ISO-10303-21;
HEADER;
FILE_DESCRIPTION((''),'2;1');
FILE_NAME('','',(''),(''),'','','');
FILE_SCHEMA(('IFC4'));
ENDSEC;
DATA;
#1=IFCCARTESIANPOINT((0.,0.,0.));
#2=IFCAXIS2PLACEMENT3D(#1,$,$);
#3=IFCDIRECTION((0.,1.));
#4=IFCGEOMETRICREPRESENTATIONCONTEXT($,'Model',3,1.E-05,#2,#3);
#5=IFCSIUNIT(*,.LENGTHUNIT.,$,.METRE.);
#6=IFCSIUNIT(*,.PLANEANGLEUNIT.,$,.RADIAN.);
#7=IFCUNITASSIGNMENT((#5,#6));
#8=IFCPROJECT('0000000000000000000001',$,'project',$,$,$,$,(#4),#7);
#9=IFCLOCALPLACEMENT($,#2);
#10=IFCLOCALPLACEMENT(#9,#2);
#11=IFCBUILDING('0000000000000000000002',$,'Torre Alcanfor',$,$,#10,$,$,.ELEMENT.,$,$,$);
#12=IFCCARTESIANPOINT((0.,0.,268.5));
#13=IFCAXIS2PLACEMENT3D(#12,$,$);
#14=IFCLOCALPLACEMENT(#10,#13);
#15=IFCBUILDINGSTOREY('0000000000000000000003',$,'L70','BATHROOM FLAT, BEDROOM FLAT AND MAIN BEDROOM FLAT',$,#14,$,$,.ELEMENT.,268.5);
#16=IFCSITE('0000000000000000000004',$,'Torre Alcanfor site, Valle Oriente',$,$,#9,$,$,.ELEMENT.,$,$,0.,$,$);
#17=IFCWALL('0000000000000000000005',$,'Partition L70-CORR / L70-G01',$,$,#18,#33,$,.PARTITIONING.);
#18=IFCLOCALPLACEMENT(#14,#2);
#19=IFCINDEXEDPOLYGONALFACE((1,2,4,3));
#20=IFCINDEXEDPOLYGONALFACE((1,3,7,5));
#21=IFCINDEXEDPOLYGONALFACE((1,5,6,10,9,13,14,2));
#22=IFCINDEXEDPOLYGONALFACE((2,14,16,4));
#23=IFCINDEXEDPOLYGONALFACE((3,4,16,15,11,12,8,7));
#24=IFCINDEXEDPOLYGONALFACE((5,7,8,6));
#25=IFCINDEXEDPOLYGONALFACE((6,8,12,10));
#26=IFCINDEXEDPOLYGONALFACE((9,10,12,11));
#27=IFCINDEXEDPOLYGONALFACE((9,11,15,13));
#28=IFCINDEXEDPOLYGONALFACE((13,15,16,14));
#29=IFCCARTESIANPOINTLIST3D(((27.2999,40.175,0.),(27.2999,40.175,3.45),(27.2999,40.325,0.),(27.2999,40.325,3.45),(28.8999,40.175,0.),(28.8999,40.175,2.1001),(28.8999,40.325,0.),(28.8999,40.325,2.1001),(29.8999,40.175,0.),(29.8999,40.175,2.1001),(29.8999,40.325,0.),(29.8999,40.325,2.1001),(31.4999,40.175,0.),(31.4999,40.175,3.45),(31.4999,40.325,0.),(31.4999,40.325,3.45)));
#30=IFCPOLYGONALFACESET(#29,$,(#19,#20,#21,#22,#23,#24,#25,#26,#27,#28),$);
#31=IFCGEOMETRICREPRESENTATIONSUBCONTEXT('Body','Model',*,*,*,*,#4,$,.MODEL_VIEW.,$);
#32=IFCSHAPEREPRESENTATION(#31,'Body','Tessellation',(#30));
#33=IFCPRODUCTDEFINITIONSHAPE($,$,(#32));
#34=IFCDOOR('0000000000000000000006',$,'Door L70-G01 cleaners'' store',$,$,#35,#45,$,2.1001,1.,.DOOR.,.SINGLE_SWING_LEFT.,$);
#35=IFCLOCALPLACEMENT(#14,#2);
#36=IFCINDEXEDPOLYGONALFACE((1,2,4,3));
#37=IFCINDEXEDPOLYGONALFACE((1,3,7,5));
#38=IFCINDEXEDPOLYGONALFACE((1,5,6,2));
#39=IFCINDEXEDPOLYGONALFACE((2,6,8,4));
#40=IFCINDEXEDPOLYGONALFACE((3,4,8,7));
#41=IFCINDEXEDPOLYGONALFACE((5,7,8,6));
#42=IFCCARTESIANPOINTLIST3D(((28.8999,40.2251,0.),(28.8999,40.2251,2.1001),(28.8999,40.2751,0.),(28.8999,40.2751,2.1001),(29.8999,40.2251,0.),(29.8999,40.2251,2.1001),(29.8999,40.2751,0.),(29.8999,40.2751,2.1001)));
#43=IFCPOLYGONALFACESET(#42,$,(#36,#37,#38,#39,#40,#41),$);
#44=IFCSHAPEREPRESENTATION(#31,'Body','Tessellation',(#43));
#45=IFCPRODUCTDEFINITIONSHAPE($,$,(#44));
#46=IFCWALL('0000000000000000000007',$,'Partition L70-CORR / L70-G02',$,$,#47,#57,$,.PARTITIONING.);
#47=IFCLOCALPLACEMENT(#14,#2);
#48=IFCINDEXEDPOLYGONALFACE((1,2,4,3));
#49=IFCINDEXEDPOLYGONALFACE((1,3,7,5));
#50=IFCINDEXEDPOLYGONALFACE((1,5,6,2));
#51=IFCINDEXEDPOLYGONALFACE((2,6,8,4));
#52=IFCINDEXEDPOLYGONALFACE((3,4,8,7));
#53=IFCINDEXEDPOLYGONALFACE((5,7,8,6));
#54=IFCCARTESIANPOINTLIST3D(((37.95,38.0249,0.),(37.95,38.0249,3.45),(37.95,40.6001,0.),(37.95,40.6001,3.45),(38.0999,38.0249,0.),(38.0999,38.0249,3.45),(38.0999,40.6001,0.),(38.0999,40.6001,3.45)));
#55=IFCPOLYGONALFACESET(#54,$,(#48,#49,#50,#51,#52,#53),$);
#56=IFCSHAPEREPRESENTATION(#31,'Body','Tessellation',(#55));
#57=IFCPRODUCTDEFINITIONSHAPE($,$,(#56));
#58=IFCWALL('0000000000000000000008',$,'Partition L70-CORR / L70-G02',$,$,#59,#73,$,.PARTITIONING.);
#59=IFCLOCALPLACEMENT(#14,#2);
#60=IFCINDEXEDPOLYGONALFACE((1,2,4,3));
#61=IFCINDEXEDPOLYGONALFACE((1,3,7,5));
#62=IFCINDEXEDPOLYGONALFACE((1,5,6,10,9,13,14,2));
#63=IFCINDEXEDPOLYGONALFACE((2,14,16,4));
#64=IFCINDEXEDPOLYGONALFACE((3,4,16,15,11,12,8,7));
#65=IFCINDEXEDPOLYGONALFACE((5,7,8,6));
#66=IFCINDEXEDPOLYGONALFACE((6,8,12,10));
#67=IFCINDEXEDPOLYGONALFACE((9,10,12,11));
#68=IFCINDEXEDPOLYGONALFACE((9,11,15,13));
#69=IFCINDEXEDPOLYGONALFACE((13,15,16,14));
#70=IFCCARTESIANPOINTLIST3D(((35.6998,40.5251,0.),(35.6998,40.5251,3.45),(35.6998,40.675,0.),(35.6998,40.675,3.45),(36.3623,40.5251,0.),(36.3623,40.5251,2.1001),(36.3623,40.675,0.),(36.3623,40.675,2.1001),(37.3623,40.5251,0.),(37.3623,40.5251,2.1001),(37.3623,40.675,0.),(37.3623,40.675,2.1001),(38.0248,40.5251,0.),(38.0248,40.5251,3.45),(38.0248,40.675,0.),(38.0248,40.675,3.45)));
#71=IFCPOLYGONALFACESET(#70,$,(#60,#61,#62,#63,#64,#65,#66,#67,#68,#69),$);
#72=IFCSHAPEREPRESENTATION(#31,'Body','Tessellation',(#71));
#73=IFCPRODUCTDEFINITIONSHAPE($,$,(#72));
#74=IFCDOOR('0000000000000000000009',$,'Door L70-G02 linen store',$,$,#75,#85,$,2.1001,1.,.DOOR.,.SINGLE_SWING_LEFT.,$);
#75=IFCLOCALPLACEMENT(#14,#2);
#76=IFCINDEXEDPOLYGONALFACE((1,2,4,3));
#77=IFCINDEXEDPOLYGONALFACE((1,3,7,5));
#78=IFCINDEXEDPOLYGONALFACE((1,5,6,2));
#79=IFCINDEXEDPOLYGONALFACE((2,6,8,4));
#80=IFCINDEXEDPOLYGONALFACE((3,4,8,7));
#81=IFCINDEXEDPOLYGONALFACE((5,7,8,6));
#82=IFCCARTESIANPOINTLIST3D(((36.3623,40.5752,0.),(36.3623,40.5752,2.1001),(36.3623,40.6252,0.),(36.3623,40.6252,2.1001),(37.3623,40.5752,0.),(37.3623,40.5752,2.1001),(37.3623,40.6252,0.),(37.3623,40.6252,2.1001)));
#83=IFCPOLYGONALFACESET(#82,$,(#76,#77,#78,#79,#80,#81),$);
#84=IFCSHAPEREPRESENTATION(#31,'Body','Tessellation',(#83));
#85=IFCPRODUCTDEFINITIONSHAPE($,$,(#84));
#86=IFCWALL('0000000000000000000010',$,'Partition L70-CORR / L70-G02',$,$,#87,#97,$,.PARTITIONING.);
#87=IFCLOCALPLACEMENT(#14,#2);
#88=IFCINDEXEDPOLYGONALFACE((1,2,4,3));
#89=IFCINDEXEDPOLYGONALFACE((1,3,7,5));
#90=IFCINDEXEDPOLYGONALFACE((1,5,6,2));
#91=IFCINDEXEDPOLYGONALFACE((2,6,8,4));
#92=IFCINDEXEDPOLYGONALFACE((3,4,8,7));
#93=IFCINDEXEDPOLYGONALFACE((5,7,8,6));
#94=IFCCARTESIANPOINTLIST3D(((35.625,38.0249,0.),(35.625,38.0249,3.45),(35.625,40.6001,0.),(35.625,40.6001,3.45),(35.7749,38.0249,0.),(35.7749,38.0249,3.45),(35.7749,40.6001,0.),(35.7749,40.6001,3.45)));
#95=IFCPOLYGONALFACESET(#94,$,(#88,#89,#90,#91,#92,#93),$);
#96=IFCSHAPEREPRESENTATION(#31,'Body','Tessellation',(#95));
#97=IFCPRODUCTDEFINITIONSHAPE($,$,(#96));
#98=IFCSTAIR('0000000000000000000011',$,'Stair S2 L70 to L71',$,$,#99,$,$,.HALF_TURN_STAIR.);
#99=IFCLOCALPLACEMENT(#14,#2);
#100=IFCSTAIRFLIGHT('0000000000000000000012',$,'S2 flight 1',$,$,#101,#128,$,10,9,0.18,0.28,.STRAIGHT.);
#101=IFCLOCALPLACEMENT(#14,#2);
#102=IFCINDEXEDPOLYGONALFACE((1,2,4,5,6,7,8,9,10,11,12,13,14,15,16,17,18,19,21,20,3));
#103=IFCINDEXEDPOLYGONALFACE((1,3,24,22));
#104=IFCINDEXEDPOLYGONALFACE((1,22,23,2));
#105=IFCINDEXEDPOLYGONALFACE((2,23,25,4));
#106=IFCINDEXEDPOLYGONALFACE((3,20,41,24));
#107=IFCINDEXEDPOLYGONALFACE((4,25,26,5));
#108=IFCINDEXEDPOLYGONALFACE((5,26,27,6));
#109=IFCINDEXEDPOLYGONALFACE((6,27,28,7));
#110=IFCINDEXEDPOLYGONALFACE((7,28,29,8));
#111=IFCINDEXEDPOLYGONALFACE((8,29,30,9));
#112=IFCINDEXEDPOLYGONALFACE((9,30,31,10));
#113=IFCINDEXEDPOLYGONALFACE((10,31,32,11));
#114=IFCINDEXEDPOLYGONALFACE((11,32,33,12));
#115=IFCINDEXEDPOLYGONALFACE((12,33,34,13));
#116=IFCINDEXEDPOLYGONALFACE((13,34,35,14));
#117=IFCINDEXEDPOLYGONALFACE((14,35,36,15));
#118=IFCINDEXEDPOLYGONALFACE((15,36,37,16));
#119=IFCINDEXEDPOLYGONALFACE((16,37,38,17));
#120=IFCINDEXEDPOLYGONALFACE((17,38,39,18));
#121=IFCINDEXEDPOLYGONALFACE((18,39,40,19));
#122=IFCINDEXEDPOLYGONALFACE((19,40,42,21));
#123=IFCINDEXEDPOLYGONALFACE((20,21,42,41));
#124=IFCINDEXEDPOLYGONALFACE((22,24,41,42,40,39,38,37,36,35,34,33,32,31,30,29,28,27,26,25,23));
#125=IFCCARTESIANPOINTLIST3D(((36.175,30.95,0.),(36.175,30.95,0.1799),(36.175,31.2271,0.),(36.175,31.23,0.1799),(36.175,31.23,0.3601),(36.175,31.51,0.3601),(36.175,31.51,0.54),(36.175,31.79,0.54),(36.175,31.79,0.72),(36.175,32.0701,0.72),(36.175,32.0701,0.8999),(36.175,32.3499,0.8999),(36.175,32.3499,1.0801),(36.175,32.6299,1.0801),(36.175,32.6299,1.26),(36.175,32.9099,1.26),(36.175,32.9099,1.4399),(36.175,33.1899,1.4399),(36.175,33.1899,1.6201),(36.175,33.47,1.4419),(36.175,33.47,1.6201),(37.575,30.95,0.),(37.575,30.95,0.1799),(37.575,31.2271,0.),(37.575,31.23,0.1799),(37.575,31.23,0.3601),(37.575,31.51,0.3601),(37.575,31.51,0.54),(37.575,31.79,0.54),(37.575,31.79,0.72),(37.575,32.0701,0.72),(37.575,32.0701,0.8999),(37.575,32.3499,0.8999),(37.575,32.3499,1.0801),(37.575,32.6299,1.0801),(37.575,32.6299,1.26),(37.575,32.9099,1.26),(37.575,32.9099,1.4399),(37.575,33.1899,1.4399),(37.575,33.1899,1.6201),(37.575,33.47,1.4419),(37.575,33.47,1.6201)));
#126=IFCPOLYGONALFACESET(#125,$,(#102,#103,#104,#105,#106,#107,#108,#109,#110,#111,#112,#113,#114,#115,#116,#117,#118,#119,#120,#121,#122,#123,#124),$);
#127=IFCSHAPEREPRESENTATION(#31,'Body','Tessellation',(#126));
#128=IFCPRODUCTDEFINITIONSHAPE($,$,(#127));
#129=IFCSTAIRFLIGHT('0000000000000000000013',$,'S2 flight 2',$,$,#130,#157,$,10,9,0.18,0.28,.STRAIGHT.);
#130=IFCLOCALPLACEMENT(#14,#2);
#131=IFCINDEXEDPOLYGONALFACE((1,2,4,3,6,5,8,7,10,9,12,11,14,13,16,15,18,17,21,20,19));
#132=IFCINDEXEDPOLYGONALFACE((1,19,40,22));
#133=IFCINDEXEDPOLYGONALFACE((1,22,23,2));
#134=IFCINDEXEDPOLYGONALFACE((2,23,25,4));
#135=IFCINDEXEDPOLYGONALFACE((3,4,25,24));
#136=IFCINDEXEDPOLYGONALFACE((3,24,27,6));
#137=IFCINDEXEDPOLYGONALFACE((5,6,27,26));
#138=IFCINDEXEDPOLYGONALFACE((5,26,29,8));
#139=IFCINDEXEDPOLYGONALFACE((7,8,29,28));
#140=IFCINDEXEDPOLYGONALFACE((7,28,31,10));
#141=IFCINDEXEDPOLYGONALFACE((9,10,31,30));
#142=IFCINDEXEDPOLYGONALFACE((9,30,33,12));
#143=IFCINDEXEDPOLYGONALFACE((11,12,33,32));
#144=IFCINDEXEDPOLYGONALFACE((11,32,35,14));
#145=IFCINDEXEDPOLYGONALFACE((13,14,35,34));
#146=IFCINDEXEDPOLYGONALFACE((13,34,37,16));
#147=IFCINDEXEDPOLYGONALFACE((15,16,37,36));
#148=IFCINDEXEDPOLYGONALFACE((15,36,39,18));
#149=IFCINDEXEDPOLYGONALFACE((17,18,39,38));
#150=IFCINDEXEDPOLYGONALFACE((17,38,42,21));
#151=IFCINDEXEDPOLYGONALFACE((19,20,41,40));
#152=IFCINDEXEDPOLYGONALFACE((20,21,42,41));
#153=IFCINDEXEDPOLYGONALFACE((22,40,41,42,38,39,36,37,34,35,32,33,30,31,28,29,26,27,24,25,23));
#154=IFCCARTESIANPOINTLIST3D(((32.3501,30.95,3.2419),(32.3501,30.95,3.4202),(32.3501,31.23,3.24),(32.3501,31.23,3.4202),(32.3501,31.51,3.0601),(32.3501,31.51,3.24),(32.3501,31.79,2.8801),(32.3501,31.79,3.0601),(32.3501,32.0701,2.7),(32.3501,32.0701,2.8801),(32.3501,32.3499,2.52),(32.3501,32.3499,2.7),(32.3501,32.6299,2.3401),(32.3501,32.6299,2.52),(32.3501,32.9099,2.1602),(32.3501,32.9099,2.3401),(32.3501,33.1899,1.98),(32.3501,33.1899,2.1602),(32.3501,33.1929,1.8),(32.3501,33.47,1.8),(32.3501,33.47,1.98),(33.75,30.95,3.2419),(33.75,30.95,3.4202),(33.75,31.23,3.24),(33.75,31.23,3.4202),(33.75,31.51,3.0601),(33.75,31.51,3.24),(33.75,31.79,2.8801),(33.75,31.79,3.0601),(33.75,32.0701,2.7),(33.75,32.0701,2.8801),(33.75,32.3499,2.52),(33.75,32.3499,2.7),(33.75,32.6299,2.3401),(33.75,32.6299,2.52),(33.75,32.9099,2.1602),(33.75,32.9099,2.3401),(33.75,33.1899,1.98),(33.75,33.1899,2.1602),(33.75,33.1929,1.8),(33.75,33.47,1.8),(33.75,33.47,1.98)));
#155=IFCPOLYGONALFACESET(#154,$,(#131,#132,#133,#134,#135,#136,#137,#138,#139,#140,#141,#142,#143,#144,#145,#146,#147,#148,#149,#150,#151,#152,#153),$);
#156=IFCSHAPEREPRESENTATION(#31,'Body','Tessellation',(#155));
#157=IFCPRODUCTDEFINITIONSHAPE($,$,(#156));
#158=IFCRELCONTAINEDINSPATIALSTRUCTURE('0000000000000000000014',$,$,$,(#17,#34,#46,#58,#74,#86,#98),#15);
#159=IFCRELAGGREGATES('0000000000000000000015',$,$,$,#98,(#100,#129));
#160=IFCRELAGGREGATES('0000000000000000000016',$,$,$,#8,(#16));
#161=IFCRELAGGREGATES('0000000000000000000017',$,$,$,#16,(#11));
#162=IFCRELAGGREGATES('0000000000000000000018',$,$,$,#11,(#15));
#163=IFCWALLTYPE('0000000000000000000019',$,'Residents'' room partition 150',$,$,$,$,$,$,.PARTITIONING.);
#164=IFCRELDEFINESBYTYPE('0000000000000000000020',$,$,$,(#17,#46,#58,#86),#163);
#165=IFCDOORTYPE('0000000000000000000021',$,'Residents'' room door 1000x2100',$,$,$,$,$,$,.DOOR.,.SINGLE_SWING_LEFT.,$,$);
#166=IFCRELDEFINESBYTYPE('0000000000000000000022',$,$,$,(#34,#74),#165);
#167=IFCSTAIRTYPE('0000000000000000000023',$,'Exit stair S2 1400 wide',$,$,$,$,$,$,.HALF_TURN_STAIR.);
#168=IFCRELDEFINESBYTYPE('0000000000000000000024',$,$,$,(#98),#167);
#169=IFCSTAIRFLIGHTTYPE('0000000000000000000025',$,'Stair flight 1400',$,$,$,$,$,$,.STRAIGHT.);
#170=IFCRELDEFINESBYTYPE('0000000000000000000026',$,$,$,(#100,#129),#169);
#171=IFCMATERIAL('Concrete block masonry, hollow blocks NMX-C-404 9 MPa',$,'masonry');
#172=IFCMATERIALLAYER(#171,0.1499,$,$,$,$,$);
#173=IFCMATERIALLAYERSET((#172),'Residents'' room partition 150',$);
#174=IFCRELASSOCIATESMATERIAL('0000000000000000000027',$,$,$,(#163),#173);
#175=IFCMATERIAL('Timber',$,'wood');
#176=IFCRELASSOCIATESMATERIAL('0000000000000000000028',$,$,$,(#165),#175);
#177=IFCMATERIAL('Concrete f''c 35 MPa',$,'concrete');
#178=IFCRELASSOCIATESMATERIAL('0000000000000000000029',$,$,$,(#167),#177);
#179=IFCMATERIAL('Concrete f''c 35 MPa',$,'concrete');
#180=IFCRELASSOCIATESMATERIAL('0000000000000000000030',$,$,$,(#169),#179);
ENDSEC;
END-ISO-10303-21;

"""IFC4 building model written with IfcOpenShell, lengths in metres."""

from ifc_helpers import new_model, si_unit, direction, frame, frame_2d, origin, place, context, subcontext, project, spatial, polyline, rectangle, outline, extrude, material, layer, layer_set, type_object, element, fill, aggregate, save


model = new_model("IFC4")

# Units and contexts
model_context = context("Model", 3, precision=1e-05, world=origin(), true_north=direction((0.0, 1.0)))
body_context = subcontext(model_context, "Body", "Model", "MODEL_VIEW")
ifc_project = project(units=[si_unit("LENGTHUNIT", "METRE"), si_unit("PLANEANGLEUNIT", "RADIAN")], contexts=[model_context])

# Site, building, storey
site_placement = place(None, origin())
site = spatial("IfcSite", under=ifc_project, at=site_placement, Name="Torre Alcanfor site, Valle Oriente", CompositionType="ELEMENT", RefElevation=0.0)
building_placement = place(site_placement, origin())
building = spatial("IfcBuilding", under=site, at=building_placement, Name="Torre Alcanfor", CompositionType="ELEMENT")
storey_placement = place(building_placement, frame((0.0, 0.0, 268.5)))
storey = spatial("IfcBuildingStorey", under=building, at=storey_placement, Name="L70", Description="BATHROOM FLAT, BEDROOM FLAT AND MAIN BEDROOM FLAT", CompositionType="ELEMENT", Elevation=268.5)

# Shared definitions
ifc_material_1 = material(Name="Concrete block masonry, hollow blocks NMX-C-404 9 MPa", Category="masonry")
ifc_layer_1 = layer(ifc_material_1, 0.1499)
ifc_layer_set_1 = layer_set([ifc_layer_1], Name="Residents' room partition 150")
wall_type_1 = type_object("IfcWallType", Name="Residents' room partition 150", PredefinedType="PARTITIONING", material=ifc_layer_set_1)

# Wall, opening, door
wall_1_placement = place(storey_placement, frame((31.5, 40.25, 0.0), z_axis=(0.0, 0.0, 1.0), x_axis=(-1.0, 0.0, 0.0)))
wall_1 = element("IfcWall", 1, at=wall_1_placement, inside=storey, type_object=wall_type_1, Name="Partition L70-CORR / L70-G01", PredefinedType="PARTITIONING", context=body_context, shape_type="SweptSolid", body=[
    extrude(rectangle(XDim=4.2, YDim=0.1499, at=frame_2d((2.1001, 0.0))), origin(), (0.0, 0.0, 1.0), 3.45),
])
opening_1_placement = place(wall_1_placement, frame((1.6001, 0.0, 0.0)))
opening_1 = element("IfcOpeningElement", 2, at=opening_1_placement, cuts=wall_1, PredefinedType="OPENING", context=body_context, shape_type="SweptSolid", body=[
    extrude(rectangle(XDim=1.0, YDim=2.1001, at=frame_2d((0.5, 1.05))), frame((0.0, 0.085, 0.0), z_axis=(0.0, -1.0, 0.0), x_axis=(1.0, 0.0, 0.0)), (0.0, 0.0, 1.0), 0.1699),
])
ifc_material_2 = material(Name="Timber", Category="wood")
door_type = type_object("IfcDoorType", Name="Residents' room door 1000x2100", OperationType="SINGLE_SWING_LEFT", PredefinedType="DOOR", material=ifc_material_2)
door_1_placement = place(opening_1_placement, origin())
door_1 = element("IfcDoor", 3, at=door_1_placement, inside=storey, type_object=door_type, Name="Door L70-G01 cleaners' store", OperationType="SINGLE_SWING_LEFT", OverallHeight=2.1001, OverallWidth=1.0, PredefinedType="DOOR", context=body_context, shape_type="SweptSolid", body=[
    extrude(rectangle(XDim=1.0, YDim=2.1001, at=frame_2d((0.5, 1.05))), frame((0.0, 0.0249, 0.0), z_axis=(0.0, -1.0, 0.0), x_axis=(1.0, 0.0, 0.0)), (0.0, 0.0, 1.0), 0.05),
])
fill(opening_1, door_1)

# Wall
wall_2_placement = place(storey_placement, frame((38.0249, 38.0249, 0.0), z_axis=(0.0, 0.0, 1.0), x_axis=(0.0, 1.0, 0.0)))
element("IfcWall", 4, at=wall_2_placement, inside=storey, type_object=wall_type_1, Name="Partition L70-CORR / L70-G02", PredefinedType="PARTITIONING", context=body_context, shape_type="SweptSolid", body=[
    extrude(rectangle(XDim=2.5752, YDim=0.1499, at=frame_2d((1.2876, 0.0))), origin(), (0.0, 0.0, 1.0), 3.45),
])

# Wall, opening, door
wall_3_placement = place(storey_placement, frame((38.0249, 40.6001, 0.0), z_axis=(0.0, 0.0, 1.0), x_axis=(-1.0, 0.0, 0.0)))
wall_3 = element("IfcWall", 5, at=wall_3_placement, inside=storey, type_object=wall_type_1, Name="Partition L70-CORR / L70-G02", PredefinedType="PARTITIONING", context=body_context, shape_type="SweptSolid", body=[
    extrude(rectangle(XDim=2.325, YDim=0.1499, at=frame_2d((1.1626, 0.0))), origin(), (0.0, 0.0, 1.0), 3.45),
])
opening_2_placement = place(wall_3_placement, frame((0.6626, 0.0, 0.0)))
opening_2 = element("IfcOpeningElement", 6, at=opening_2_placement, cuts=wall_3, PredefinedType="OPENING", context=body_context, shape_type="SweptSolid", body=[
    extrude(rectangle(XDim=1.0, YDim=2.1001, at=frame_2d((0.5, 1.05))), frame((0.0, 0.085, 0.0), z_axis=(0.0, -1.0, 0.0), x_axis=(1.0, 0.0, 0.0)), (0.0, 0.0, 1.0), 0.1699),
])
door_2_placement = place(opening_2_placement, origin())
door_2 = element("IfcDoor", 7, at=door_2_placement, inside=storey, type_object=door_type, Name="Door L70-G02 linen store", OperationType="SINGLE_SWING_LEFT", OverallHeight=2.1001, OverallWidth=1.0, PredefinedType="DOOR", context=body_context, shape_type="SweptSolid", body=[
    extrude(rectangle(XDim=1.0, YDim=2.1001, at=frame_2d((0.5, 1.05))), frame((0.0, 0.0249, 0.0), z_axis=(0.0, -1.0, 0.0), x_axis=(1.0, 0.0, 0.0)), (0.0, 0.0, 1.0), 0.05),
])
fill(opening_2, door_2)

# Wall
wall_4_placement = place(storey_placement, frame((35.7, 40.6001, 0.0), z_axis=(0.0, 0.0, 1.0), x_axis=(0.0, -1.0, 0.0)))
element("IfcWall", 8, at=wall_4_placement, inside=storey, type_object=wall_type_1, Name="Partition L70-CORR / L70-G02", PredefinedType="PARTITIONING", context=body_context, shape_type="SweptSolid", body=[
    extrude(rectangle(XDim=2.5752, YDim=0.1499, at=frame_2d((1.2876, 0.0))), origin(), (0.0, 0.0, 1.0), 3.45),
])

# Stair, stair flights
ifc_material_3 = material(Name="Concrete f'c 35 MPa", Category="concrete")
stair_type = type_object("IfcStairType", Name="Exit stair S2 1400 wide", PredefinedType="HALF_TURN_STAIR", material=ifc_material_3)
stair_placement = place(storey_placement, origin())
stair = element("IfcStair", 9, at=stair_placement, inside=storey, type_object=stair_type, Name="Stair S2 L70 to L71", PredefinedType="HALF_TURN_STAIR")
ifc_material_4 = material(Name="Concrete f'c 35 MPa", Category="concrete")
stair_flight_type = type_object("IfcStairFlightType", Name="Stair flight 1400", PredefinedType="STRAIGHT", material=ifc_material_4)
stair_flight_1_placement = place(storey_placement, frame((36.875, 30.95, 0.0), z_axis=(0.0, 0.0, 1.0), x_axis=(0.0, 1.0, 0.0)))
stair_flight_1 = element("IfcStairFlight", 10, at=stair_flight_1_placement, type_object=stair_flight_type, Name="S2 flight 1", NumberOfRisers=10, NumberOfTreads=9, PredefinedType="STRAIGHT", RiserHeight=0.18, TreadLength=0.28, context=body_context, shape_type="SweptSolid", body=[
    extrude(outline(polyline([(0.0, 0.0), (0.0, 0.1799), (0.28, 0.1799), (0.28, 0.3601), (0.5601, 0.3601), (0.5601, 0.54), (0.8401, 0.54), (0.8401, 0.72), (1.1201, 0.72), (1.1201, 0.8999), (1.3999, 0.8999), (1.3999, 1.0801), (1.6799, 1.0801), (1.6799, 1.26), (1.96, 1.26), (1.96, 1.4399), (2.24, 1.4399), (2.24, 1.6201), (2.52, 1.6201), (2.52, 1.8), (2.52, 1.4419), (0.2771, 0.0), (0.0, 0.0)])), frame((0.0, 0.7, 0.0), z_axis=(0.0, -1.0, 0.0), x_axis=(1.0, 0.0, 0.0)), (0.0, 0.0, 1.0), 1.3999),
])
stair_flight_2_placement = place(storey_placement, frame((33.05, 33.47, 1.8), z_axis=(0.0, 0.0, 1.0), x_axis=(0.0, -1.0, 0.0)))
stair_flight_2 = element("IfcStairFlight", 11, at=stair_flight_2_placement, type_object=stair_flight_type, Name="S2 flight 2", NumberOfRisers=10, NumberOfTreads=9, PredefinedType="STRAIGHT", RiserHeight=0.18, TreadLength=0.28, context=body_context, shape_type="SweptSolid", body=[
    extrude(outline(polyline([(0.0, 0.0), (0.0, 0.1799), (0.28, 0.1799), (0.28, 0.3601), (0.5601, 0.3601), (0.5601, 0.54), (0.8401, 0.54), (0.8401, 0.72), (1.1201, 0.72), (1.1201, 0.8999), (1.3999, 0.8999), (1.3999, 1.0801), (1.6799, 1.0801), (1.6799, 1.26), (1.96, 1.26), (1.96, 1.4399), (2.24, 1.4399), (2.24, 1.6201), (2.52, 1.6201), (2.52, 1.8), (2.52, 1.4419), (0.2771, 0.0), (0.0, 0.0)])), frame((0.0, 0.7, 0.0), z_axis=(0.0, -1.0, 0.0), x_axis=(1.0, 0.0, 0.0)), (0.0, 0.0, 1.0), 1.3999),
])
aggregate(stair, [stair_flight_1, stair_flight_2])

save(model, "model.ifc")
